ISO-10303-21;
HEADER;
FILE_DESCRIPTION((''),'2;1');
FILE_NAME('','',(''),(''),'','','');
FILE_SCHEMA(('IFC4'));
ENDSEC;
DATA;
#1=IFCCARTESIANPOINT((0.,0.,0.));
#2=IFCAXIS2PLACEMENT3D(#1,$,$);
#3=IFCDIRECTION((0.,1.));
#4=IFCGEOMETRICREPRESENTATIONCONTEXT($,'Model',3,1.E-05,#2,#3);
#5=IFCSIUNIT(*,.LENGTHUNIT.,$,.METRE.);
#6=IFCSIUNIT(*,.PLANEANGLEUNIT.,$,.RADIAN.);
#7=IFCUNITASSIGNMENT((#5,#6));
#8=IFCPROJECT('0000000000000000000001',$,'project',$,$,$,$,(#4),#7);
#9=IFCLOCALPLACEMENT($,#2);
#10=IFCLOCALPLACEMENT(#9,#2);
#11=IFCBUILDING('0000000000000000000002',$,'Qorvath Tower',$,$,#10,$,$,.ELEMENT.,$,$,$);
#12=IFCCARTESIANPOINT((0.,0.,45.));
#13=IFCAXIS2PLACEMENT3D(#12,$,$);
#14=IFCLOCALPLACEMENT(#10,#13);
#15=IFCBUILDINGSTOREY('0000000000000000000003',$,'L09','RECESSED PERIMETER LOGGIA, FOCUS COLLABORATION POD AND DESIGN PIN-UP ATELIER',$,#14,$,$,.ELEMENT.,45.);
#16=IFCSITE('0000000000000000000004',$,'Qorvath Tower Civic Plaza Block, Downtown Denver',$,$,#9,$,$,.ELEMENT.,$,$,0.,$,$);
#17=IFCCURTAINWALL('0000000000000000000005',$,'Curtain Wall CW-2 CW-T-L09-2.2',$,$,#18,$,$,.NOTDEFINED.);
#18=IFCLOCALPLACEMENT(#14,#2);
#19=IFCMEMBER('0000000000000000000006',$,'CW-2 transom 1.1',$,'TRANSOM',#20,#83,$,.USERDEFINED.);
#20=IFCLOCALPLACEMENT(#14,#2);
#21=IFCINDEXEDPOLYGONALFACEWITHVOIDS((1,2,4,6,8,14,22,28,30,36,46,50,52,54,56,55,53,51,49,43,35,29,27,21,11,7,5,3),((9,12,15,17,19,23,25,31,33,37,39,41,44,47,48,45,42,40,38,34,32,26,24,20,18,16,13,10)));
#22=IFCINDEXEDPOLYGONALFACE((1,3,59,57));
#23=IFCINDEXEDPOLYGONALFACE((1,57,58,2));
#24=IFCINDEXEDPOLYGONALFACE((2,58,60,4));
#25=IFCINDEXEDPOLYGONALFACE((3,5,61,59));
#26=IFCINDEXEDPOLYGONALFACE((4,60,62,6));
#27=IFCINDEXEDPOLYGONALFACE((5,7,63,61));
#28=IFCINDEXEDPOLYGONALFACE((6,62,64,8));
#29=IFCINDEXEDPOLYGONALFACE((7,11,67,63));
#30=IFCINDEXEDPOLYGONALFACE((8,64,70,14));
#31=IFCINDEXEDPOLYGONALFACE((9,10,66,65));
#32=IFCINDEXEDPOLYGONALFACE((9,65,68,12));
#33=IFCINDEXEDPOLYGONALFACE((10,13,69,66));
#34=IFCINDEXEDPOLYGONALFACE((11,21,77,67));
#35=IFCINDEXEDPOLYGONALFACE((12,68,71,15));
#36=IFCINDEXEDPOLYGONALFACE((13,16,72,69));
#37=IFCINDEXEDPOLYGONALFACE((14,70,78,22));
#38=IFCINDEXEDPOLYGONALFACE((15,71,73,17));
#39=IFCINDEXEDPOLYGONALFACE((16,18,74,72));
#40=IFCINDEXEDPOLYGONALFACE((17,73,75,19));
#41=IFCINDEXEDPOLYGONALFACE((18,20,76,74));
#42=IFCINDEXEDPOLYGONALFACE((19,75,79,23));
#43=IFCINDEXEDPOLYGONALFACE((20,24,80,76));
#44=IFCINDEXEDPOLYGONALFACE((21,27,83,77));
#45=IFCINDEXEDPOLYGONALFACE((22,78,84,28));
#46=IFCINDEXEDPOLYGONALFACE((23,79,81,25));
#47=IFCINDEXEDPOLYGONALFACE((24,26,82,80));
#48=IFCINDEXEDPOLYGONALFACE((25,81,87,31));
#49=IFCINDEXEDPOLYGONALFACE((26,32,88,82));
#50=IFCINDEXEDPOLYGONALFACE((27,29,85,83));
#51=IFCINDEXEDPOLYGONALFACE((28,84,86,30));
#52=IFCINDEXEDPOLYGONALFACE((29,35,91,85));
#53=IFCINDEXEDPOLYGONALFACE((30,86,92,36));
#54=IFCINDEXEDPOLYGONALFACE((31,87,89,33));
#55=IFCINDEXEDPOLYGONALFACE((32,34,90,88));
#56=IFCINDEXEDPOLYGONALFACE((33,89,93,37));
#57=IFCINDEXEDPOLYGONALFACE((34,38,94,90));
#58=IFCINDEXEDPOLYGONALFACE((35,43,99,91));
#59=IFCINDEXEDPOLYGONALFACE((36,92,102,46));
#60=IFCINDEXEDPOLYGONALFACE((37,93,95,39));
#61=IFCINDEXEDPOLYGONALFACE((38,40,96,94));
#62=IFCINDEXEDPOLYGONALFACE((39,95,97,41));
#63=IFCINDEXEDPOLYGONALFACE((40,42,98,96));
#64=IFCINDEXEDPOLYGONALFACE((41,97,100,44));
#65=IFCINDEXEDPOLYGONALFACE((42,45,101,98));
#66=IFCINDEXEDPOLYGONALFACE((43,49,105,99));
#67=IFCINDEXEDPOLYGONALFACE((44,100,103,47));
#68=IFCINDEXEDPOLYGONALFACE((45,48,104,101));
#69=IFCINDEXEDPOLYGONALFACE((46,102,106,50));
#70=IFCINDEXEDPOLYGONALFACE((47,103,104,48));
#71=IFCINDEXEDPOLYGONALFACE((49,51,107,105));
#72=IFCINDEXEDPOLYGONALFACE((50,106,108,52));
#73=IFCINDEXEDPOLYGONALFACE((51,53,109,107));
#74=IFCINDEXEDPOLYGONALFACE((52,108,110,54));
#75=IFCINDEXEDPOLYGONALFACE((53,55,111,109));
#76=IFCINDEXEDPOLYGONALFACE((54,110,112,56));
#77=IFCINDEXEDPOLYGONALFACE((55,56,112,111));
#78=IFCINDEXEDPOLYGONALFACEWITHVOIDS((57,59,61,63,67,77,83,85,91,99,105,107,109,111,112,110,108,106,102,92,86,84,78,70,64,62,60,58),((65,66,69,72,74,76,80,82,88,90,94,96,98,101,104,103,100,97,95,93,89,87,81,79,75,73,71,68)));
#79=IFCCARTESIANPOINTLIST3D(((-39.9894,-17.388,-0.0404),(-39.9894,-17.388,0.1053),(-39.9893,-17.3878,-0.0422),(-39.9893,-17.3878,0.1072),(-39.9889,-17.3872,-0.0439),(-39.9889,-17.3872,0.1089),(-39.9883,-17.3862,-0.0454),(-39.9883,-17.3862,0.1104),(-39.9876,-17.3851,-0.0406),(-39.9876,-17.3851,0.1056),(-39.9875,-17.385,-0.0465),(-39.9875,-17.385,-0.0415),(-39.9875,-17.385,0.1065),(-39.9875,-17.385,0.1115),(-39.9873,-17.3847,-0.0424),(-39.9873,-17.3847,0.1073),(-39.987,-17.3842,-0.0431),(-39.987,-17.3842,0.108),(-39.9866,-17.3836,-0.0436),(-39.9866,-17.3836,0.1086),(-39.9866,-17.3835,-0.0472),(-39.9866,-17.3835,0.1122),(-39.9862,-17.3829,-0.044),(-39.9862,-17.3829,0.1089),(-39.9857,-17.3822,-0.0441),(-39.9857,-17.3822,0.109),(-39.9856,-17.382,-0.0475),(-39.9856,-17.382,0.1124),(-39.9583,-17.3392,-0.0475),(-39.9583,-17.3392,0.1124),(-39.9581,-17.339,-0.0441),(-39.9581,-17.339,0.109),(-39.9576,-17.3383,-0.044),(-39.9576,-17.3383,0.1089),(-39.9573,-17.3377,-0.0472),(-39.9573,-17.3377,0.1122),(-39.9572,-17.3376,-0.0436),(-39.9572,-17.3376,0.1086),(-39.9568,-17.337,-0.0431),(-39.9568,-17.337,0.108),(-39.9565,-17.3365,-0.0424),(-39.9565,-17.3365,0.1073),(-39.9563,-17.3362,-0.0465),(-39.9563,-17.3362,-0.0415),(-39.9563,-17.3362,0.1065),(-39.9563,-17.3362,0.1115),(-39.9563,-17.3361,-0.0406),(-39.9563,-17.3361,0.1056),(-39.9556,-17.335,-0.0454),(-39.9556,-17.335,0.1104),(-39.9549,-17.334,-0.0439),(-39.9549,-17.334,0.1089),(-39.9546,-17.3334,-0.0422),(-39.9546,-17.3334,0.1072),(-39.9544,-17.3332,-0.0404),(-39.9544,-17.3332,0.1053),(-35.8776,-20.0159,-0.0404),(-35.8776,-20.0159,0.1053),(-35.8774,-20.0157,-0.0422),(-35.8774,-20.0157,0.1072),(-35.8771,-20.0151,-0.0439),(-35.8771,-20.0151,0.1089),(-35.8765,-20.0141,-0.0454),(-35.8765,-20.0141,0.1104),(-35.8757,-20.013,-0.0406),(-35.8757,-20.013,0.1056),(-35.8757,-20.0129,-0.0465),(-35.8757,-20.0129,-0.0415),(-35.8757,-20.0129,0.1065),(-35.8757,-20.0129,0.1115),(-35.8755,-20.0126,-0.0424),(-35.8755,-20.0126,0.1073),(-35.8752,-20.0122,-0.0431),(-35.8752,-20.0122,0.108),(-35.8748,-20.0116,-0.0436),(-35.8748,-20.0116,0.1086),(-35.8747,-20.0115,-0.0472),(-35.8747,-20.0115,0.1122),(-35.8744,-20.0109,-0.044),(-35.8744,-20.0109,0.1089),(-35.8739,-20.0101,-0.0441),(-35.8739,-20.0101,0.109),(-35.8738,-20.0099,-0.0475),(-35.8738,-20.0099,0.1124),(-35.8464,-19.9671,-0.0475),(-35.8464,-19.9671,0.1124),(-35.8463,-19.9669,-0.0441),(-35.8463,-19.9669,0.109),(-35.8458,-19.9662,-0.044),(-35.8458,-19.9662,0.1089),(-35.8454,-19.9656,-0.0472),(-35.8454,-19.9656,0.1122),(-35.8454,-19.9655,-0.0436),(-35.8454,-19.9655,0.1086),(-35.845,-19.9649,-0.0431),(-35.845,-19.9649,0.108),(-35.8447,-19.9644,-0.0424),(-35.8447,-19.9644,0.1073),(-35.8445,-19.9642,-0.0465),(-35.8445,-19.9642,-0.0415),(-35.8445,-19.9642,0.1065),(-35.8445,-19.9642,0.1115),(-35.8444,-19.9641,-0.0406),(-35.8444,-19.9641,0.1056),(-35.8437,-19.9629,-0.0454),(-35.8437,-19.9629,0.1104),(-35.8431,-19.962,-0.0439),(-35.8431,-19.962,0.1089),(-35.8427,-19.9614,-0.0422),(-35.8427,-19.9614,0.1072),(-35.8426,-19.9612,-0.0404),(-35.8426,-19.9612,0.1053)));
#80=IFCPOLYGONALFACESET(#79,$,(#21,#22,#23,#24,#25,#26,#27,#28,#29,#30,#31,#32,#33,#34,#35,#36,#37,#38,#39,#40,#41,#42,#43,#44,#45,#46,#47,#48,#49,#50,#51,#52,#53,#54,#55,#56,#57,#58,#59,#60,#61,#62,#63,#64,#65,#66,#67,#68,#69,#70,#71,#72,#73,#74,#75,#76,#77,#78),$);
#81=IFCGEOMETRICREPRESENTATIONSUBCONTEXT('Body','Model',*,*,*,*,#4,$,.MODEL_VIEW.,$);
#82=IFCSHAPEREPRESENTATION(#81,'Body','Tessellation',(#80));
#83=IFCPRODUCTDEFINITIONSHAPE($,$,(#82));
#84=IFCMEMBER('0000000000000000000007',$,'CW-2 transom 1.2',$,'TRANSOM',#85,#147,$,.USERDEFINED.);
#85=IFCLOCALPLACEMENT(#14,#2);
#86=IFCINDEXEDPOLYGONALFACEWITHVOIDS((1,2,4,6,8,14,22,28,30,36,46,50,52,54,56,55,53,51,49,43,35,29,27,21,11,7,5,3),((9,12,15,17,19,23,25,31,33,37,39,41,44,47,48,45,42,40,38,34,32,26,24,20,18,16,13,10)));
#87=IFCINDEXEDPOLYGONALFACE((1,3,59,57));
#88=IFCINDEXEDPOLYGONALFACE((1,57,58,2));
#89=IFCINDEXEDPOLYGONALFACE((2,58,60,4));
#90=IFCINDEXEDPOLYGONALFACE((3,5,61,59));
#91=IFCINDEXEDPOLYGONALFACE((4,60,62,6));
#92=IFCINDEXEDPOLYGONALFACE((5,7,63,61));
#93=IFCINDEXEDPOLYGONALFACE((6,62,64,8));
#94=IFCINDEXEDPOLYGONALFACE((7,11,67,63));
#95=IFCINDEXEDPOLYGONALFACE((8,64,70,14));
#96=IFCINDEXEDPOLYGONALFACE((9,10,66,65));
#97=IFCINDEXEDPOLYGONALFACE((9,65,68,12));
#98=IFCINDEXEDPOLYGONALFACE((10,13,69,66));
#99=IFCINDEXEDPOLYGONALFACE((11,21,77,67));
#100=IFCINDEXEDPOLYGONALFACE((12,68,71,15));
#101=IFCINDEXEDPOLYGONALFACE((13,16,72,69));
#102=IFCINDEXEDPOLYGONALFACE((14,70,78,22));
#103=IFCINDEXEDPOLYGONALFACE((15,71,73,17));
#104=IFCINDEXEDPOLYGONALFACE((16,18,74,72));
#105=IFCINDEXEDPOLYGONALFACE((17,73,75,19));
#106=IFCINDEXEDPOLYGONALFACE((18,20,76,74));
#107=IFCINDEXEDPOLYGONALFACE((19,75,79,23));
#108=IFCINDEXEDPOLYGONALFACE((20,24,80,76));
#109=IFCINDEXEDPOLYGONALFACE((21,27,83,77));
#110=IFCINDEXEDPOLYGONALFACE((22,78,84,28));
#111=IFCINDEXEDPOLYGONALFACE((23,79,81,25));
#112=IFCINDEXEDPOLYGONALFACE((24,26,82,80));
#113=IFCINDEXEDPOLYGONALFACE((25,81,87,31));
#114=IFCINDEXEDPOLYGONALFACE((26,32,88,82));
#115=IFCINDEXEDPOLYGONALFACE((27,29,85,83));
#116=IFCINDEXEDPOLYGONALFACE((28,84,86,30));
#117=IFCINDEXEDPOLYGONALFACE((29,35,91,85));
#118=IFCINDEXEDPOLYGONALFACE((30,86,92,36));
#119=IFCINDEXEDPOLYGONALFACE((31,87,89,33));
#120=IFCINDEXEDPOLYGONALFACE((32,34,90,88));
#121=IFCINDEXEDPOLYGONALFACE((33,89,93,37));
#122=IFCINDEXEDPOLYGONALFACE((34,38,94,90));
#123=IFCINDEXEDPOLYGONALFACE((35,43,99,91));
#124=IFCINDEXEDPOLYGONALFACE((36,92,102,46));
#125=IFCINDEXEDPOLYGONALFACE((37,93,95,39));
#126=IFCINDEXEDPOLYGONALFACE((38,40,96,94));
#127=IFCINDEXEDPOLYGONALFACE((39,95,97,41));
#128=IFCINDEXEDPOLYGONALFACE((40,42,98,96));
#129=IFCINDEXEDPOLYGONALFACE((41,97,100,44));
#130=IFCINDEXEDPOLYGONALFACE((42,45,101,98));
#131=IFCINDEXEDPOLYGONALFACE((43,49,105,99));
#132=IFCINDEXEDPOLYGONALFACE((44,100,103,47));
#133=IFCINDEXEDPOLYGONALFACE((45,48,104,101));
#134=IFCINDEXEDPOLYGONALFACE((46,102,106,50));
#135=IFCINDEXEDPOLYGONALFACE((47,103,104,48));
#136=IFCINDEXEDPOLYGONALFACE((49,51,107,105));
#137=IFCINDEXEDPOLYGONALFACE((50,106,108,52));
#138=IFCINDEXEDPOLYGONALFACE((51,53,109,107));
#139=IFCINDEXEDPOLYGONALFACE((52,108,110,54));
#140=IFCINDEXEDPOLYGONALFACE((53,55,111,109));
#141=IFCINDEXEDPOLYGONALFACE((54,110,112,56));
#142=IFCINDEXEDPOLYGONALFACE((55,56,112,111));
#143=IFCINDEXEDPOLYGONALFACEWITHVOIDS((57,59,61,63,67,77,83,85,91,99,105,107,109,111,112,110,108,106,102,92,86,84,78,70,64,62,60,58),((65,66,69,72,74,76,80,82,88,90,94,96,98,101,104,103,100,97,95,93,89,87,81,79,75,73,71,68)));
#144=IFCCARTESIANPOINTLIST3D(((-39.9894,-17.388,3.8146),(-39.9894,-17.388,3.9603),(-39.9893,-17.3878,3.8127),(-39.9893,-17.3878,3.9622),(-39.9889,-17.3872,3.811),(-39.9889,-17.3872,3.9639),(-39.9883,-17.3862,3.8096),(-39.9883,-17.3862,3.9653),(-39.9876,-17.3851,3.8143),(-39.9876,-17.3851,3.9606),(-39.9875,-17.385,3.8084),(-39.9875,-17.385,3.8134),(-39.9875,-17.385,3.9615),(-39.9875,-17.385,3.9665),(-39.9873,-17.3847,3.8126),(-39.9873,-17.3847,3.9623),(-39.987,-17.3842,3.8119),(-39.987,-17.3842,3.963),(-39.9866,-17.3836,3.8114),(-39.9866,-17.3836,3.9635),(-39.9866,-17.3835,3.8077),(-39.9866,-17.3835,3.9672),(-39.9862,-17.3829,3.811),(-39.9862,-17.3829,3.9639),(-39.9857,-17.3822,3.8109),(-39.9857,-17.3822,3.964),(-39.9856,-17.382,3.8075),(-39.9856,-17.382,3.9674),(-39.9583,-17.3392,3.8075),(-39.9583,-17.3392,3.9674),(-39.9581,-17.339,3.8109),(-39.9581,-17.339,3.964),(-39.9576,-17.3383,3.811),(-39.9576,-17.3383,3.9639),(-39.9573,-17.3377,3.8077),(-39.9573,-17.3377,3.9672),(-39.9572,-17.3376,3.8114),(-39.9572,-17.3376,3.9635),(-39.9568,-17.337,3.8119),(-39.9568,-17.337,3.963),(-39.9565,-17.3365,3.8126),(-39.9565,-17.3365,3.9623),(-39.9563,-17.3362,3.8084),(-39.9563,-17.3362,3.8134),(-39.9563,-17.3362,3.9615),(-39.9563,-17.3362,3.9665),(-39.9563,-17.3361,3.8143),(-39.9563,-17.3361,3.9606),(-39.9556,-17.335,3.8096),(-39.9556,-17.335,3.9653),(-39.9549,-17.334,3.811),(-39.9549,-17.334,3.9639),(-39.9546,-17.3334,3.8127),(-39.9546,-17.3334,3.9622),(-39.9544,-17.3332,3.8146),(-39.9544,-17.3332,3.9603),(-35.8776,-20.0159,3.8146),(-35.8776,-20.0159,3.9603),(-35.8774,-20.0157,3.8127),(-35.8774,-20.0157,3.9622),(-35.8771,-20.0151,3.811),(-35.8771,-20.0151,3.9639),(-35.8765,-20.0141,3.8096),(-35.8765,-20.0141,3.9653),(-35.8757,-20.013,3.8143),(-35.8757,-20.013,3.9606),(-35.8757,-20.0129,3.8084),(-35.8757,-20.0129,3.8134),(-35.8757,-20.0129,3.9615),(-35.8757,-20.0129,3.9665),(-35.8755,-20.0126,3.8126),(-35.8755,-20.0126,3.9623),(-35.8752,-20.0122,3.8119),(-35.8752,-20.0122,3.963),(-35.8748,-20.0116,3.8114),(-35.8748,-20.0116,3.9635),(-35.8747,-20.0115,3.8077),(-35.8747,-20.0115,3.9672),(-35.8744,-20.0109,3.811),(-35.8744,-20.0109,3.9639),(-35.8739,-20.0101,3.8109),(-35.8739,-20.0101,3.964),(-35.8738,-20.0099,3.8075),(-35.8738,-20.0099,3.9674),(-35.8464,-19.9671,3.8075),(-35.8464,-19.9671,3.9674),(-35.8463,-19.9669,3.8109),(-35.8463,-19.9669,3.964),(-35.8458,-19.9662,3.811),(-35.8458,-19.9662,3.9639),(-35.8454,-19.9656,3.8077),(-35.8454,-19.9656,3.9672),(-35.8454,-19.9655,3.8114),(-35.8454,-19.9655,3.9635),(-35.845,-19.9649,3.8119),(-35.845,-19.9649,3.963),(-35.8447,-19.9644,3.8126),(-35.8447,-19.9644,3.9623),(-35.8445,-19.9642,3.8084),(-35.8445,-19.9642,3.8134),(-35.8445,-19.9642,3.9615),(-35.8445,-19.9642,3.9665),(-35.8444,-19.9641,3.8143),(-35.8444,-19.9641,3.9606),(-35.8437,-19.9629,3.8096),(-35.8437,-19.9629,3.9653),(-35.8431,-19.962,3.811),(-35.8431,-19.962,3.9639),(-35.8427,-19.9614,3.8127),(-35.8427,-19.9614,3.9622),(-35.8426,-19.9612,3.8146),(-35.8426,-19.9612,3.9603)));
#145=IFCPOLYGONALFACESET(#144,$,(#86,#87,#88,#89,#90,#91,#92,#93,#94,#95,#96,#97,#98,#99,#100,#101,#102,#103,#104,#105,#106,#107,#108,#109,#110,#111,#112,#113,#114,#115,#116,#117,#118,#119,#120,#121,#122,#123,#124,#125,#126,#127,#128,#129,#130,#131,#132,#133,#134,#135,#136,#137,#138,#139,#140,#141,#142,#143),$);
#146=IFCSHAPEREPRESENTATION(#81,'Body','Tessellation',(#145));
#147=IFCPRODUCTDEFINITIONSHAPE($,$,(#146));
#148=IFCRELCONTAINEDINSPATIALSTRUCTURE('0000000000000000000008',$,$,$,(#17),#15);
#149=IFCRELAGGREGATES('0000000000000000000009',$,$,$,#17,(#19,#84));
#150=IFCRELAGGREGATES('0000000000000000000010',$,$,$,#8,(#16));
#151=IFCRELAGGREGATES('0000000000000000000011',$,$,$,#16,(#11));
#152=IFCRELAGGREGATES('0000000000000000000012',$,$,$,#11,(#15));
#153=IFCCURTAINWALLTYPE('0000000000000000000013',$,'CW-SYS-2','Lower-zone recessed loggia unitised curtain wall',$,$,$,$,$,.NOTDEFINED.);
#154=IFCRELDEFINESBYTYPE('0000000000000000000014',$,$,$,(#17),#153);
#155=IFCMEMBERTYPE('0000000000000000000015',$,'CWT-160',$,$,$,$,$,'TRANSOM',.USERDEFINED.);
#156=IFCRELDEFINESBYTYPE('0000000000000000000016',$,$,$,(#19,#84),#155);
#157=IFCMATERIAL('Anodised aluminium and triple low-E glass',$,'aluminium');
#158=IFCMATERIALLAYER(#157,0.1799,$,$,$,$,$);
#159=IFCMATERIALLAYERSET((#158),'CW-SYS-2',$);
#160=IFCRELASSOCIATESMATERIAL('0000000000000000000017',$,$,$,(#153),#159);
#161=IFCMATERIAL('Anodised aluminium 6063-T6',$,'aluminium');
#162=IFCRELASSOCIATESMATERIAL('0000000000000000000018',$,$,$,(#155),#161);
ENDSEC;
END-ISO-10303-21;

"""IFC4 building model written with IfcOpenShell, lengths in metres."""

from ifc_helpers import new_model, si_unit, direction, frame, origin, origin_2d, place, context, subcontext, project, spatial, hollow_rectangle, extrude, material, layer, layer_set, material_profile, profile_set, type_object, element, aggregate, save


model = new_model("IFC4")

# Units and contexts
model_context = context("Model", 3, precision=1e-05, world=origin(), true_north=direction((0.0, 1.0)))
body_context = subcontext(model_context, "Body", "Model", "MODEL_VIEW")
ifc_project = project(units=[si_unit("LENGTHUNIT", "METRE"), si_unit("PLANEANGLEUNIT", "RADIAN")], contexts=[model_context])

# Site, building, storey
site_placement = place(None, origin())
site = spatial("IfcSite", under=ifc_project, at=site_placement, Name="Qorvath Tower Civic Plaza Block, Downtown Denver", CompositionType="ELEMENT", RefElevation=0.0)
building_placement = place(site_placement, origin())
building = spatial("IfcBuilding", under=site, at=building_placement, Name="Qorvath Tower", CompositionType="ELEMENT")
storey_placement = place(building_placement, frame((0.0, 0.0, 45.0)))
storey = spatial("IfcBuildingStorey", under=building, at=storey_placement, Name="L09", Description="RECESSED PERIMETER LOGGIA, FOCUS COLLABORATION POD AND DESIGN PIN-UP ATELIER", CompositionType="ELEMENT", Elevation=45.0)

# Curtain wall, members
ifc_material_1 = material(Name="Anodised aluminium and triple low-E glass", Category="aluminium")
ifc_layer_1 = layer(ifc_material_1, 0.1799)
ifc_layer_set_1 = layer_set([ifc_layer_1], Name="CW-SYS-2")
curtain_wall_type = type_object("IfcCurtainWallType", Name="CW-SYS-2", Description="Lower-zone recessed loggia unitised curtain wall", PredefinedType="NOTDEFINED", material=ifc_layer_set_1)
curtain_wall_placement = place(storey_placement, origin())
curtain_wall = element("IfcCurtainWall", 1, at=curtain_wall_placement, inside=storey, type_object=curtain_wall_type, Name="Curtain Wall CW-2 CW-T-L09-2.2", PredefinedType="NOTDEFINED")
ifc_material_2 = material(Name="Anodised aluminium 6063-T6", Category="aluminium")
ifc_material_profile_1 = material_profile(ifc_material_2, hollow_rectangle(XDim=0.0649, YDim=0.1599, WallThickness=0.0034, InnerFilletRadius=0.0034, OuterFilletRadius=0.0071, at=origin_2d()), Name="CWT 160x65")
ifc_profile_set_1 = profile_set([ifc_material_profile_1], Name="Anodised aluminium 6063-T6")
member_type_1 = type_object("IfcMemberType", Name="CWT-160", ElementType="TRANSOM", PredefinedType="USERDEFINED", material=ifc_profile_set_1)
member_1_placement = place(storey_placement, frame((-39.9719, -17.3606, 0.0325), z_axis=(0.842609, -0.538525, 0.0), x_axis=(0.538525, 0.842609, 0.0)))
member_1 = element("IfcMember", 2, at=member_1_placement, type_object=member_type_1, Name="CW-2 transom 1.1", ObjectType="TRANSOM", PredefinedType="USERDEFINED", context=body_context, shape_type="SweptSolid", body=[
    extrude(hollow_rectangle(XDim=0.0649, YDim=0.1599, WallThickness=0.0034, InnerFilletRadius=0.0034, OuterFilletRadius=0.0071, at=origin_2d()), origin(), (0.0, 0.0, 1.0), 4.8799),
])
member_2_placement = place(storey_placement, frame((-39.9719, -17.3606, 3.8875), z_axis=(0.842609, -0.538525, 0.0), x_axis=(0.538525, 0.842609, 0.0)))
member_2 = element("IfcMember", 3, at=member_2_placement, type_object=member_type_1, Name="CW-2 transom 1.2", ObjectType="TRANSOM", PredefinedType="USERDEFINED", context=body_context, shape_type="SweptSolid", body=[
    extrude(hollow_rectangle(XDim=0.0649, YDim=0.1599, WallThickness=0.0034, InnerFilletRadius=0.0034, OuterFilletRadius=0.0071, at=origin_2d()), origin(), (0.0, 0.0, 1.0), 4.8799),
])
aggregate(curtain_wall, [member_1, member_2])

save(model, "model.ifc")
